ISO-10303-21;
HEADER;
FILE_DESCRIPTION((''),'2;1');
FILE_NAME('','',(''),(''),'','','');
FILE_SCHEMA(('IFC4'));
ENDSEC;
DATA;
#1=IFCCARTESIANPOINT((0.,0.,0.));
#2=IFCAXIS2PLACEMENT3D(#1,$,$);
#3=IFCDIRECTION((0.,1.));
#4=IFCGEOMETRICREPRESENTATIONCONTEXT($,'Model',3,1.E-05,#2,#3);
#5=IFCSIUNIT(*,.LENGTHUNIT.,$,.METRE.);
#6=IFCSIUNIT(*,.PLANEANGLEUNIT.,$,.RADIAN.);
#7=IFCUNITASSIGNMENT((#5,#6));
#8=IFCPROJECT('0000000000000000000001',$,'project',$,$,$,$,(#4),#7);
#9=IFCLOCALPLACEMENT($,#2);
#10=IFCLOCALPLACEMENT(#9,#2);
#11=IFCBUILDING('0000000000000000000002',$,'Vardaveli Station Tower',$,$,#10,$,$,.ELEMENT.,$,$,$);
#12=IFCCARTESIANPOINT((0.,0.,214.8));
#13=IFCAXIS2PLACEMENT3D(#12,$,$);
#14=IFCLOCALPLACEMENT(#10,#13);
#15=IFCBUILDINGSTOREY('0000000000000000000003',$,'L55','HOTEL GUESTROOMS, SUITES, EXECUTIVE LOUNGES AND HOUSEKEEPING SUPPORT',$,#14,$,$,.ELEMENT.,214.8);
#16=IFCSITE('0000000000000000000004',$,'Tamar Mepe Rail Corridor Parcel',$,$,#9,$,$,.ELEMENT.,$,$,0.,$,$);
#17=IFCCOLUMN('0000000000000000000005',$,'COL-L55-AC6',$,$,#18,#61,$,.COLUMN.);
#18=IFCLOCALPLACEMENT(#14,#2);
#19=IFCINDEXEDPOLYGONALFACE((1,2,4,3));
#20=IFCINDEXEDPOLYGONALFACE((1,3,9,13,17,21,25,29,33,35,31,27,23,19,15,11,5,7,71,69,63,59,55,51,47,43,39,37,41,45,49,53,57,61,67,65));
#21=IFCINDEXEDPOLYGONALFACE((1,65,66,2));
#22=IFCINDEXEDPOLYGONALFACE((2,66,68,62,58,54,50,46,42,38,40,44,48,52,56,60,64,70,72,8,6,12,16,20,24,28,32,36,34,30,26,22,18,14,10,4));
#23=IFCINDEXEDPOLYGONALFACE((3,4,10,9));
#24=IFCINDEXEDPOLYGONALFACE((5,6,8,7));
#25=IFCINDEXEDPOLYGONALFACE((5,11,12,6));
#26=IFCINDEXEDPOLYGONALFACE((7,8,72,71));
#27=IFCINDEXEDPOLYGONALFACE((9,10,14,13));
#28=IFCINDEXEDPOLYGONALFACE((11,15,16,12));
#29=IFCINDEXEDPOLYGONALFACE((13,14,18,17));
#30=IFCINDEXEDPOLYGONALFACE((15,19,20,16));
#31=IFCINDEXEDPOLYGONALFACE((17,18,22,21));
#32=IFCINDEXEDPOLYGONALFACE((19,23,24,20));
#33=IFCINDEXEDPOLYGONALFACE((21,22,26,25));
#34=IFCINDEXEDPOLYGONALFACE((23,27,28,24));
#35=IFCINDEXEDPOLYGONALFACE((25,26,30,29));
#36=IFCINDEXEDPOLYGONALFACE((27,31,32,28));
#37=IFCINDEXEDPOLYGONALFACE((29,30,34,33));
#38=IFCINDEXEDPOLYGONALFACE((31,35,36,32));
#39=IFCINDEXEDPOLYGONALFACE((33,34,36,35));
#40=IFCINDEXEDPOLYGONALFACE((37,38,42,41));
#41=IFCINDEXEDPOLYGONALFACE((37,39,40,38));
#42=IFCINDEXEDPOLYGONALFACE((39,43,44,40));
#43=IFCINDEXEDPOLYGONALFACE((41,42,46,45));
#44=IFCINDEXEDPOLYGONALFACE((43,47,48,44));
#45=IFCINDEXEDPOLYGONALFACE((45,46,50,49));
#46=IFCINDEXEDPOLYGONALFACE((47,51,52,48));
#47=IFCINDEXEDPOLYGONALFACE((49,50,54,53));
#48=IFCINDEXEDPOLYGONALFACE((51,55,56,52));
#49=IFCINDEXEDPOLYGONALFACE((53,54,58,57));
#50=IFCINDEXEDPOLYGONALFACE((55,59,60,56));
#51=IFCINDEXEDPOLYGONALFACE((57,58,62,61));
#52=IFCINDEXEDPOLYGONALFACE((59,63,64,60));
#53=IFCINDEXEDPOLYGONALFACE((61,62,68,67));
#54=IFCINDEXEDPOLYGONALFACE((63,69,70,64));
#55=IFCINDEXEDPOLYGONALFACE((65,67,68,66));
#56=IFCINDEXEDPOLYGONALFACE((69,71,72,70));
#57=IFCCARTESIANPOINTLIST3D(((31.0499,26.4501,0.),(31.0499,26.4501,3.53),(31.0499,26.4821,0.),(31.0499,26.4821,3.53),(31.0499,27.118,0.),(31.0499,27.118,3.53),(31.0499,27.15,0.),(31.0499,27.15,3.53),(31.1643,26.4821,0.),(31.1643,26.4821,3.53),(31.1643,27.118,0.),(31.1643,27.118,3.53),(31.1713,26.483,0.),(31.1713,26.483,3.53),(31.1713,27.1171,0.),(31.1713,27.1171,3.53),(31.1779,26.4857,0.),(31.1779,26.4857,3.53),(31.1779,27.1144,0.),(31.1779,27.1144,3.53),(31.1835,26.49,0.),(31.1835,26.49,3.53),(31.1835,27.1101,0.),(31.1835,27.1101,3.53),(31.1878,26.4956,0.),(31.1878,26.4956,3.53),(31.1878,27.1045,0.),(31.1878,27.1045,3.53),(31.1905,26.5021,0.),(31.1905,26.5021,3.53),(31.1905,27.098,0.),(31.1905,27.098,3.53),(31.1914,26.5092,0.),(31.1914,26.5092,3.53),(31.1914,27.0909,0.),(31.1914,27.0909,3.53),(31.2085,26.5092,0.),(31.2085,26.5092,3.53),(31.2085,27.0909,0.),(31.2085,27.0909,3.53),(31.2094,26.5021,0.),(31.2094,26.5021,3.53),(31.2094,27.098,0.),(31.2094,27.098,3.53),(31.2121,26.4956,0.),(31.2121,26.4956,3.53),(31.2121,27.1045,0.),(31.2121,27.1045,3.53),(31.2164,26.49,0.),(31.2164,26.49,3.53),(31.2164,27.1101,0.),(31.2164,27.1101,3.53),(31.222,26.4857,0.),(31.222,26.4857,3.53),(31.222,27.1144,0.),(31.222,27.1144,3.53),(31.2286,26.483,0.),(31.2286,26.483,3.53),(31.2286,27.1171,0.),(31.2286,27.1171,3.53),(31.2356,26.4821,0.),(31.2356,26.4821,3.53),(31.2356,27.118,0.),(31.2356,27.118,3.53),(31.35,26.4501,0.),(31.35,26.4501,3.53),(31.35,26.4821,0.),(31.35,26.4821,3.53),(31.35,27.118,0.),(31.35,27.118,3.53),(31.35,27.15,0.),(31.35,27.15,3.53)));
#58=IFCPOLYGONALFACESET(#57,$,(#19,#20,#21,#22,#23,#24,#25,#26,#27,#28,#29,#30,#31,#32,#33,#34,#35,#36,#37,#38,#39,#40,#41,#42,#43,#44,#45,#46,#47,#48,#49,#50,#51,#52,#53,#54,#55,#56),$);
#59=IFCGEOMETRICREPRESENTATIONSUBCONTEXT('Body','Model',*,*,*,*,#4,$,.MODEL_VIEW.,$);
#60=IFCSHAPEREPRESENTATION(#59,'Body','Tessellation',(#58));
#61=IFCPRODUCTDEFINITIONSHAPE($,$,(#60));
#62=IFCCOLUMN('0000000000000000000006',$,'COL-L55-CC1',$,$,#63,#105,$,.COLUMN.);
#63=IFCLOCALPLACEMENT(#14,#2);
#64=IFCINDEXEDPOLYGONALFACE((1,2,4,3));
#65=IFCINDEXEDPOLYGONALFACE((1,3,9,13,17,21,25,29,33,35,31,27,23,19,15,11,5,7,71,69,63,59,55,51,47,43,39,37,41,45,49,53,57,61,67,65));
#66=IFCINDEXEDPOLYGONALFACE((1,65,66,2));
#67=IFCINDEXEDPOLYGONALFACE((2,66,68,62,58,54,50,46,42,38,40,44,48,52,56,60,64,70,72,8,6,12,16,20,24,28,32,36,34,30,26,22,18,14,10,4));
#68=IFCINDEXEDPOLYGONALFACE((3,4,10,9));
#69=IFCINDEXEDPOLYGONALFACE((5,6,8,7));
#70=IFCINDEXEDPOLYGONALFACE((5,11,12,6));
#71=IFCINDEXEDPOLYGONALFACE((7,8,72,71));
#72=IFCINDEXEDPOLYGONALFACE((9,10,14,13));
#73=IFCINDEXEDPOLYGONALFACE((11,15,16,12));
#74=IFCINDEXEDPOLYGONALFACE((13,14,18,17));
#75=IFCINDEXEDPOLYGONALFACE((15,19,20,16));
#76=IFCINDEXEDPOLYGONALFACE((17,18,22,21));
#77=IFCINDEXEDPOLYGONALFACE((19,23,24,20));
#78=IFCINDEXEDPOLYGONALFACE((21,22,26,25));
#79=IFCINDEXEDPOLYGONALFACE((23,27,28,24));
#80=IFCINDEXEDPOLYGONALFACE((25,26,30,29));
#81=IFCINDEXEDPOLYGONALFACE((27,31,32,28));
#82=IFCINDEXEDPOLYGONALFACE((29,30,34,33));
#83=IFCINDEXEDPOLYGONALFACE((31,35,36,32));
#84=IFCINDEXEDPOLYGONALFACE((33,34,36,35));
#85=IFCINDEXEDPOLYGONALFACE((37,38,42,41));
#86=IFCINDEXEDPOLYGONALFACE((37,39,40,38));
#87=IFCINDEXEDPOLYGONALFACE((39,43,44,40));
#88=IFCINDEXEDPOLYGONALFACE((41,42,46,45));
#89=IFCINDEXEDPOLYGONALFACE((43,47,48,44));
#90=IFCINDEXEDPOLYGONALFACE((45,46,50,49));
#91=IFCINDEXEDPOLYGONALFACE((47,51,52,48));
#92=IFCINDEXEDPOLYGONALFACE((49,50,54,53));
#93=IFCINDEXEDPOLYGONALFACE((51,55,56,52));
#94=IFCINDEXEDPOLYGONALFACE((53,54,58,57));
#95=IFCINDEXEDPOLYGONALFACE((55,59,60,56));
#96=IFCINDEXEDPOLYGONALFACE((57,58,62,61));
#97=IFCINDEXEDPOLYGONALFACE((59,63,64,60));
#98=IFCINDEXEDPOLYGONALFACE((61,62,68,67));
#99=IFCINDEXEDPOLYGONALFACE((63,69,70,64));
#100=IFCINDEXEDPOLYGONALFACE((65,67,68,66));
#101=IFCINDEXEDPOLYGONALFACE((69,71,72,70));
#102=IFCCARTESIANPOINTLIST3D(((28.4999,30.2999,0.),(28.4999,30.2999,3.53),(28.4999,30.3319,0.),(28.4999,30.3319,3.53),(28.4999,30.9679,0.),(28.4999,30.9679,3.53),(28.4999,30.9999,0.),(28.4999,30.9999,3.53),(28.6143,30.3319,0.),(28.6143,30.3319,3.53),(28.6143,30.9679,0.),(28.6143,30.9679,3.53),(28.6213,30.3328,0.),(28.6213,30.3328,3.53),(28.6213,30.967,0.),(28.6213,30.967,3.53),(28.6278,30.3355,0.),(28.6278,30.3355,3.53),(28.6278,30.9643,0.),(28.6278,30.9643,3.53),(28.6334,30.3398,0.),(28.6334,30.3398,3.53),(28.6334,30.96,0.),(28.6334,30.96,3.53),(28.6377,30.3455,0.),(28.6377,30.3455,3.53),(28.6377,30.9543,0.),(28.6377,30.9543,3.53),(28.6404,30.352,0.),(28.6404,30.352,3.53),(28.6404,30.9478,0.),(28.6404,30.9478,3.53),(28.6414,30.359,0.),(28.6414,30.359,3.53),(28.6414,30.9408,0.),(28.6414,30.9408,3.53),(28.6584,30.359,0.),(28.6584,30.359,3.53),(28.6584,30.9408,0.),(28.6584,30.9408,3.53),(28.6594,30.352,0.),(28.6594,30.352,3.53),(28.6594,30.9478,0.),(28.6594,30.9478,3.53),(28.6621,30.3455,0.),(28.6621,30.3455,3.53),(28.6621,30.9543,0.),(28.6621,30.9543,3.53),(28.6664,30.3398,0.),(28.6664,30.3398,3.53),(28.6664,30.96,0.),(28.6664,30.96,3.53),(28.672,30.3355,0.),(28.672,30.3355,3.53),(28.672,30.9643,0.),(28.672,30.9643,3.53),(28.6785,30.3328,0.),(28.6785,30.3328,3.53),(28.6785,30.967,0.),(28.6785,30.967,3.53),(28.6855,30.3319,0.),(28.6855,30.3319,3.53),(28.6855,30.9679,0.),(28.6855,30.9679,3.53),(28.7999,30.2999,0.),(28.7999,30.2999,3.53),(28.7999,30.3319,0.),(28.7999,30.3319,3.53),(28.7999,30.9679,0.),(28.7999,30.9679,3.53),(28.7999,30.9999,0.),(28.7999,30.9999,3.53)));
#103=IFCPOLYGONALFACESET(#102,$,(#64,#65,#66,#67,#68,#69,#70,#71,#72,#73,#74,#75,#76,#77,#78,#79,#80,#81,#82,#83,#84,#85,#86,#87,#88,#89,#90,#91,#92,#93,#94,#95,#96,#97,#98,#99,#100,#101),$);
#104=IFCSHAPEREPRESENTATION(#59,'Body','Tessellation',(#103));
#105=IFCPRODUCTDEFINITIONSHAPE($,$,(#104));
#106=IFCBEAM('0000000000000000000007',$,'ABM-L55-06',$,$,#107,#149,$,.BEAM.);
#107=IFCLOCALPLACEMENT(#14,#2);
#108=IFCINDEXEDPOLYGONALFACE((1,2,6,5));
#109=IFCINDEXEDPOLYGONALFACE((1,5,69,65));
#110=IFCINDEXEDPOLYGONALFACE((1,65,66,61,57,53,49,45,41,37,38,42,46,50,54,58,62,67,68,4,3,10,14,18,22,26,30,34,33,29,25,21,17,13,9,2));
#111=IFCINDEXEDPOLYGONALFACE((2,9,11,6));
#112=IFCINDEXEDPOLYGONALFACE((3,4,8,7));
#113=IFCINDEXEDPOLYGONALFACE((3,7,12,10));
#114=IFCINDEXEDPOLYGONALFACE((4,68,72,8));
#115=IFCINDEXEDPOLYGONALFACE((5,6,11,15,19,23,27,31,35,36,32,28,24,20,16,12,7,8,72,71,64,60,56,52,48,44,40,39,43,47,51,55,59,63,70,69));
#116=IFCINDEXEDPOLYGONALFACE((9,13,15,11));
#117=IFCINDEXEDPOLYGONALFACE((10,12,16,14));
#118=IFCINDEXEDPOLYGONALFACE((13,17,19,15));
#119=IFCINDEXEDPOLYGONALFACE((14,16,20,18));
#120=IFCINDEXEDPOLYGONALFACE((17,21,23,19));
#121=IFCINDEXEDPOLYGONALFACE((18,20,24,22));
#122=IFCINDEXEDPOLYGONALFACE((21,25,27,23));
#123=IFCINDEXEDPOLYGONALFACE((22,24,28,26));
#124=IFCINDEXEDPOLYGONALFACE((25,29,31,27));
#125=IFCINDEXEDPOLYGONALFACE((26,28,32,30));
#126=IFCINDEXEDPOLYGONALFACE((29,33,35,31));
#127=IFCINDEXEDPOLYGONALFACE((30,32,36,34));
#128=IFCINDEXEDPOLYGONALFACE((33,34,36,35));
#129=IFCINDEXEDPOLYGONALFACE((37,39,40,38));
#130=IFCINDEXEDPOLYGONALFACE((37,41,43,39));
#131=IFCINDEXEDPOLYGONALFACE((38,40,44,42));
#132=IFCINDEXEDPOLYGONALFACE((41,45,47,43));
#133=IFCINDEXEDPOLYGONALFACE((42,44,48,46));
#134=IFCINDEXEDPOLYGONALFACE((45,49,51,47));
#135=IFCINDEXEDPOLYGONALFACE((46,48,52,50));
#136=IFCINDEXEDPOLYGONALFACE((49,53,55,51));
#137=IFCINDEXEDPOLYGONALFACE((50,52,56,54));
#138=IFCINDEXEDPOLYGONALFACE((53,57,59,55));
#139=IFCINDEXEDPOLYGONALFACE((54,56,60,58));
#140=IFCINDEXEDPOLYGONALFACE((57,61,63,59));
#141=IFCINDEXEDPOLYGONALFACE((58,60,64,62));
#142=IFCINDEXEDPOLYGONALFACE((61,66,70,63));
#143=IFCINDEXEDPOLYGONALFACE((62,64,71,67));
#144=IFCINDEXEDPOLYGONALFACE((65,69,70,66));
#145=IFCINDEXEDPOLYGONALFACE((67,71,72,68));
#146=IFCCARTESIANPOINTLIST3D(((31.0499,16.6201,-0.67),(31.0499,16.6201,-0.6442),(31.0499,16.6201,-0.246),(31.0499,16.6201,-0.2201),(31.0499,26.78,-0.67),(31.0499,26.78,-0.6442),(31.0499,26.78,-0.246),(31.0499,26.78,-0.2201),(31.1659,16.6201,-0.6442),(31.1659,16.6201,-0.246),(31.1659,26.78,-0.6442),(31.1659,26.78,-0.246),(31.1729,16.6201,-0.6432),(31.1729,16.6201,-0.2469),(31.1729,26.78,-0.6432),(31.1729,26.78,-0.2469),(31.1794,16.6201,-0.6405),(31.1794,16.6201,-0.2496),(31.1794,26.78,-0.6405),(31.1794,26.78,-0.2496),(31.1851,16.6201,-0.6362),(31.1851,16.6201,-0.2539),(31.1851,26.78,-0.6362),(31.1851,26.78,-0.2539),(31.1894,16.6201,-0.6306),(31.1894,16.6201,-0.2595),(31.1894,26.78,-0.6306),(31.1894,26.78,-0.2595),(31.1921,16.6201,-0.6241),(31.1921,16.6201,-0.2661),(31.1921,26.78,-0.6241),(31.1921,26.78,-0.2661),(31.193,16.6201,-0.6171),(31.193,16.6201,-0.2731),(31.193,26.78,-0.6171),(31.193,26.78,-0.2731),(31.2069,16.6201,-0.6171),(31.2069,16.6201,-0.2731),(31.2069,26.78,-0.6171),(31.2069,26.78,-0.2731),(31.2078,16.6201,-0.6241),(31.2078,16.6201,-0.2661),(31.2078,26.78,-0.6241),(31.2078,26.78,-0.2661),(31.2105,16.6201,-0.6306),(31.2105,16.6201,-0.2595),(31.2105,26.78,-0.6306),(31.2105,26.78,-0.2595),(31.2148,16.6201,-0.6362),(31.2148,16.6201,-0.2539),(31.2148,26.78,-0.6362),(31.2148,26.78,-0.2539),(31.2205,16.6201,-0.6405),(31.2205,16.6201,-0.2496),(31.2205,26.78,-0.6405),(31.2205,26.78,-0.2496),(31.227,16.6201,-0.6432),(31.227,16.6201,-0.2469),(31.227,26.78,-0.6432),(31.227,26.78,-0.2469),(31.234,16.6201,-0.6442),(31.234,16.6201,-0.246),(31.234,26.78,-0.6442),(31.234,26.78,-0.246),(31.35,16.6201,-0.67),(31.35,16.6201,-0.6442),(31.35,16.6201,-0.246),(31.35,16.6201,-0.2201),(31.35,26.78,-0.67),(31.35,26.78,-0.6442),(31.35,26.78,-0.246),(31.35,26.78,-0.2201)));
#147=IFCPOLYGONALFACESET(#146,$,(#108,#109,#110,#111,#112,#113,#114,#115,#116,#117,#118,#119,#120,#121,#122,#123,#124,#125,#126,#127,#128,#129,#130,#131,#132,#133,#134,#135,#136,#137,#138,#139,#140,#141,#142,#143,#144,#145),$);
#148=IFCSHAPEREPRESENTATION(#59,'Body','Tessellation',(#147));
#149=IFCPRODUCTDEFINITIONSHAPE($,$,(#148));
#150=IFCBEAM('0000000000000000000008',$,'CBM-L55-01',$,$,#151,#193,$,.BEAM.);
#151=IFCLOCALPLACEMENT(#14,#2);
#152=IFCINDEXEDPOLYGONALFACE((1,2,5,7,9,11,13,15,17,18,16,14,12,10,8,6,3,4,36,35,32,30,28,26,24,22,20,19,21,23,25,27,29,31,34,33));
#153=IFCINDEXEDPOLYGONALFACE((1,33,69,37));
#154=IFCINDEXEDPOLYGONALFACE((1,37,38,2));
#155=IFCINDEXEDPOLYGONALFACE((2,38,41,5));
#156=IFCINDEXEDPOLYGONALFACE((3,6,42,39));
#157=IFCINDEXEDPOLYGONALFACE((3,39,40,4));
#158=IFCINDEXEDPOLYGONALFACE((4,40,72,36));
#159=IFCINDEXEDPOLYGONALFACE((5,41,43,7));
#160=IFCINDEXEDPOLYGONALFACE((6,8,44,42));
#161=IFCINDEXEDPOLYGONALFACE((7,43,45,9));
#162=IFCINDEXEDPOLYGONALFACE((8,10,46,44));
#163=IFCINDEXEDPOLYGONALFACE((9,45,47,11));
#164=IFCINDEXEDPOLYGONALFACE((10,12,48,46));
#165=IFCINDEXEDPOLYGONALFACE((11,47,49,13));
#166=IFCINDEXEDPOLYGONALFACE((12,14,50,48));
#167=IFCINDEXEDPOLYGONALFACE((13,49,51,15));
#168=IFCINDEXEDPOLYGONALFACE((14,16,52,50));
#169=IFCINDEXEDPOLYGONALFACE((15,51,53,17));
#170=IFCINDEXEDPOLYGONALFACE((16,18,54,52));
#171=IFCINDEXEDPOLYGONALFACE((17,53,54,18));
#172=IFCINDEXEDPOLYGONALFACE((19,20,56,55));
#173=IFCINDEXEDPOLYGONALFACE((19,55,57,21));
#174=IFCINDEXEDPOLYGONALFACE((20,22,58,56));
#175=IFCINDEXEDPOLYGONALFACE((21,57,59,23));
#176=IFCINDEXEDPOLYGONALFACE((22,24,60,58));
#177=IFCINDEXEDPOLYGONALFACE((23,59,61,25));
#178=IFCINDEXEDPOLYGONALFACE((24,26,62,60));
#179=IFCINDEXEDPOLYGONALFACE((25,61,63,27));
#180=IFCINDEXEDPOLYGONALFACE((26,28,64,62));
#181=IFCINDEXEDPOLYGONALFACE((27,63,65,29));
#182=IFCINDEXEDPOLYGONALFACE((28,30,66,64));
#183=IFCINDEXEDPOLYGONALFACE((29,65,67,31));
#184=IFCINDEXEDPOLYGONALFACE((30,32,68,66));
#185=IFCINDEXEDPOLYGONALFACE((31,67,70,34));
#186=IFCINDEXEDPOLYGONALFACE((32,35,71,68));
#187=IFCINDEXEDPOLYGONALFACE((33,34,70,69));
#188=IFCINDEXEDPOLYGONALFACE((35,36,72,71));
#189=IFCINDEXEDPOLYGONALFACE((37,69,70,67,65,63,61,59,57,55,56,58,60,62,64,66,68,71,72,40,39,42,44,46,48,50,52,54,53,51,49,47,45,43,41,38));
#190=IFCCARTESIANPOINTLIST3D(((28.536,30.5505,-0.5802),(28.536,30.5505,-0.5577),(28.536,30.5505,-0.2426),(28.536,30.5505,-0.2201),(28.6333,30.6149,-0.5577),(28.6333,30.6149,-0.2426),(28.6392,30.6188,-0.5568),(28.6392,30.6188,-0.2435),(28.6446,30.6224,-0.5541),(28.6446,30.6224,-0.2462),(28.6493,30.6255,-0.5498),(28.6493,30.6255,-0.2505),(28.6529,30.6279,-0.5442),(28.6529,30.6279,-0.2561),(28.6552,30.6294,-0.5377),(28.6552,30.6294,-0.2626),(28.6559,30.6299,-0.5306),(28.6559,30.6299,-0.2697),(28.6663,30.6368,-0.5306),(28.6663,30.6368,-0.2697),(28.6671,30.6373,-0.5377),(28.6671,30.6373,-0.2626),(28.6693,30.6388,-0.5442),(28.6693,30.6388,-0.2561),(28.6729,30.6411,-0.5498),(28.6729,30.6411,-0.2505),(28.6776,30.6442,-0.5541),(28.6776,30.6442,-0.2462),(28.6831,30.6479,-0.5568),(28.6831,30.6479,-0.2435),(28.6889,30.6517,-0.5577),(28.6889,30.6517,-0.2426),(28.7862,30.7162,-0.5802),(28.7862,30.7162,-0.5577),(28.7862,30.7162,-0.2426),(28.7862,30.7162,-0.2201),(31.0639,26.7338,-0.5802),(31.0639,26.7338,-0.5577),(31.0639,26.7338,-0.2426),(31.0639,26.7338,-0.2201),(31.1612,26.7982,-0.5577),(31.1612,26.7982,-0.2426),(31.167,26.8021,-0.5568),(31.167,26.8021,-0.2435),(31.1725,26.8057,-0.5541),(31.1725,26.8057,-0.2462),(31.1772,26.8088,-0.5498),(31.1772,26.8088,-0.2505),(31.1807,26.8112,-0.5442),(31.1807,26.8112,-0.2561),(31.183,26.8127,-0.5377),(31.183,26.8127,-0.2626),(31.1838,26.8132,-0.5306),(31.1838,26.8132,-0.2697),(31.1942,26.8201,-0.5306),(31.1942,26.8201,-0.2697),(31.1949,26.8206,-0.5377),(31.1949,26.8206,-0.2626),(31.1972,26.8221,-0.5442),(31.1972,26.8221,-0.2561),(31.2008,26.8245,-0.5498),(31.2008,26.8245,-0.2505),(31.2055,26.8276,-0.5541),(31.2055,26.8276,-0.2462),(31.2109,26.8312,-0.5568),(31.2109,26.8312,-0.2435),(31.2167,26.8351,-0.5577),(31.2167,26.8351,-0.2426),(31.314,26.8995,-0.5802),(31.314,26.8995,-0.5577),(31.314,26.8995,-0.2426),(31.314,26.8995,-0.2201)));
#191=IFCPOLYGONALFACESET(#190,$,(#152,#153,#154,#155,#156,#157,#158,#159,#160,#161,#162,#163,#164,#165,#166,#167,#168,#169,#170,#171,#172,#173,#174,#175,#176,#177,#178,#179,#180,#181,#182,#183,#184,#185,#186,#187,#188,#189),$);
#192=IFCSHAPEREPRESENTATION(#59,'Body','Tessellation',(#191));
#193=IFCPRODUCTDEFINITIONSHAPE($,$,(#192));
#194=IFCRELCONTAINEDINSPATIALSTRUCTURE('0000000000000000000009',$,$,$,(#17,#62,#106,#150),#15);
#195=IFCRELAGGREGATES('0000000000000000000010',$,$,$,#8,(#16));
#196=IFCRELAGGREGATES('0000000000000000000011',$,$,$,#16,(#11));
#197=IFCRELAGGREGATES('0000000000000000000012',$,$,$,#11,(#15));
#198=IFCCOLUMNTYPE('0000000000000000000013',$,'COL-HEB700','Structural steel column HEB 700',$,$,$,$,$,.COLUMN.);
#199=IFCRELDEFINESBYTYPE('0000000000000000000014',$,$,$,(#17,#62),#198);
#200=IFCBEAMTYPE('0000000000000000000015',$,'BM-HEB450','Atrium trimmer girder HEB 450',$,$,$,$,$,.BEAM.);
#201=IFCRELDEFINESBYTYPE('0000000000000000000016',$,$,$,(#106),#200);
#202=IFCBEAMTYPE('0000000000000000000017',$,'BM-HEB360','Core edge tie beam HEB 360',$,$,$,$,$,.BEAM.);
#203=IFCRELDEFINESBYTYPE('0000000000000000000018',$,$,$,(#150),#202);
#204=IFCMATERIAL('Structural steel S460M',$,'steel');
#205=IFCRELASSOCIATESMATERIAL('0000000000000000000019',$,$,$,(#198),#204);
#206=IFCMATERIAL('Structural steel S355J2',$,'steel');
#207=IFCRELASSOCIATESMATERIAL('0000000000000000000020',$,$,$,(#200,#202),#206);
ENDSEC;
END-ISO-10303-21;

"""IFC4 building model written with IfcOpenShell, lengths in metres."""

from ifc_helpers import new_model, si_unit, direction, frame, origin, origin_2d, place, context, subcontext, project, spatial, i_section, extrude, source, transform, mapped, material, material_profile, profile_set, type_object, element, save


model = new_model("IFC4")

# Units and contexts
model_context = context("Model", 3, precision=1e-05, world=origin(), true_north=direction((0.0, 1.0)))
body_context = subcontext(model_context, "Body", "Model", "MODEL_VIEW")
ifc_project = project(units=[si_unit("LENGTHUNIT", "METRE"), si_unit("PLANEANGLEUNIT", "RADIAN")], contexts=[model_context])

# Site, building, storey
site_placement = place(None, origin())
site = spatial("IfcSite", under=ifc_project, at=site_placement, Name="Tamar Mepe Rail Corridor Parcel", CompositionType="ELEMENT", RefElevation=0.0)
building_placement = place(site_placement, origin())
building = spatial("IfcBuilding", under=site, at=building_placement, Name="Vardaveli Station Tower", CompositionType="ELEMENT")
storey_placement = place(building_placement, frame((0.0, 0.0, 214.8)))
storey = spatial("IfcBuildingStorey", under=building, at=storey_placement, Name="L55", Description="HOTEL GUESTROOMS, SUITES, EXECUTIVE LOUNGES AND HOUSEKEEPING SUPPORT", CompositionType="ELEMENT", Elevation=214.8)

# Columns
ifc_material_1 = material(Name="Structural steel S460M", Category="steel")
ifc_material_profile_1 = material_profile(ifc_material_1, i_section(OverallWidth=0.3, OverallDepth=0.7, WebThickness=0.0171, FlangeThickness=0.032, FilletRadius=0.0271, at=origin_2d()), Name="HEB 700")
ifc_profile_set_1 = profile_set([ifc_material_profile_1], Name="Structural steel S460M")
column_type = type_object("IfcColumnType", Name="COL-HEB700", Description="Structural steel column HEB 700", PredefinedType="COLUMN", material=ifc_profile_set_1)
shared_shape_1 = source(origin(), body_context, "Body", "SweptSolid", [
    extrude(i_section(OverallWidth=0.3, OverallDepth=0.7, WebThickness=0.0171, FlangeThickness=0.032, FilletRadius=0.0271, at=origin_2d()), origin(), (0.0, 0.0, 1.0), 3.53),
])
for number, where, z_axis, x_axis, name in (
    (1, (31.2, 26.8, 0.0), (0.0, 0.0, 1.0), (1.0, 0.0, 0.0), "COL-L55-AC6"),
    (2, (28.6499, 30.6499, 0.0), (0.0, 0.0, 1.0), (1.0, 0.0, 0.0), "COL-L55-CC1"),
):
    element("IfcColumn", number, at=place(storey_placement, frame(where, z_axis=z_axis, x_axis=x_axis)), inside=storey, type_object=column_type, Name=name, PredefinedType="COLUMN", context=body_context, shape_type="MappedRepresentation", body=[
        mapped(shared_shape_1, transform((0.0, 0.0, 0.0), scale=1.0)),
    ])

# Beams
ifc_material_2 = material(Name="Structural steel S355J2", Category="steel")
ifc_material_profile_2 = material_profile(ifc_material_2, i_section(OverallWidth=0.3, OverallDepth=0.45, WebThickness=0.0139, FlangeThickness=0.0259, FilletRadius=0.0271, at=origin_2d()), Name="HEB 450")
ifc_profile_set_2 = profile_set([ifc_material_profile_2], Name="Structural steel S355J2")
beam_type_1 = type_object("IfcBeamType", Name="BM-HEB450", Description="Atrium trimmer girder HEB 450", PredefinedType="BEAM", material=ifc_profile_set_2)
shared_shape_2 = source(origin(), body_context, "Body", "SweptSolid", [
    extrude(i_section(OverallWidth=0.3, OverallDepth=0.45, WebThickness=0.0139, FlangeThickness=0.0259, FilletRadius=0.0271, at=origin_2d()), origin(), (0.0, 0.0, 1.0), 10.1599),
])
beam_1_placement = place(storey_placement, frame((31.2, 26.78, -0.4451), z_axis=(0.0, -1.0, 0.0), x_axis=(1.0, 0.0, 0.0)))
element("IfcBeam", 3, at=beam_1_placement, inside=storey, type_object=beam_type_1, Name="ABM-L55-06", PredefinedType="BEAM", context=body_context, shape_type="MappedRepresentation", body=[
    mapped(shared_shape_2, transform((0.0, 0.0, 0.0), scale=1.0)),
])
ifc_material_profile_3 = material_profile(ifc_material_2, i_section(OverallWidth=0.3, OverallDepth=0.3601, WebThickness=0.0125, FlangeThickness=0.0225, FilletRadius=0.0271, at=origin_2d()), Name="HEB 360")
ifc_profile_set_3 = profile_set([ifc_material_profile_3], Name="Structural steel S355J2")
beam_type_2 = type_object("IfcBeamType", Name="BM-HEB360", Description="Core edge tie beam HEB 360", PredefinedType="BEAM", material=ifc_profile_set_3)
shared_shape_3 = source(origin(), body_context, "Body", "SweptSolid", [
    extrude(i_section(OverallWidth=0.3, OverallDepth=0.3601, WebThickness=0.0125, FlangeThickness=0.0225, FilletRadius=0.0271, at=origin_2d()), origin(), (0.0, 0.0, 1.0), 4.5779),
])
beam_2_placement = place(storey_placement, frame((31.189, 26.8167, -0.4001), z_axis=(-0.552187, 0.83372, 0.0), x_axis=(-0.83372, -0.552187, 0.0)))
element("IfcBeam", 4, at=beam_2_placement, inside=storey, type_object=beam_type_2, Name="CBM-L55-01", PredefinedType="BEAM", context=body_context, shape_type="MappedRepresentation", body=[
    mapped(shared_shape_3, transform((0.0, 0.0, 0.0), scale=1.0)),
])

save(model, "model.ifc")
